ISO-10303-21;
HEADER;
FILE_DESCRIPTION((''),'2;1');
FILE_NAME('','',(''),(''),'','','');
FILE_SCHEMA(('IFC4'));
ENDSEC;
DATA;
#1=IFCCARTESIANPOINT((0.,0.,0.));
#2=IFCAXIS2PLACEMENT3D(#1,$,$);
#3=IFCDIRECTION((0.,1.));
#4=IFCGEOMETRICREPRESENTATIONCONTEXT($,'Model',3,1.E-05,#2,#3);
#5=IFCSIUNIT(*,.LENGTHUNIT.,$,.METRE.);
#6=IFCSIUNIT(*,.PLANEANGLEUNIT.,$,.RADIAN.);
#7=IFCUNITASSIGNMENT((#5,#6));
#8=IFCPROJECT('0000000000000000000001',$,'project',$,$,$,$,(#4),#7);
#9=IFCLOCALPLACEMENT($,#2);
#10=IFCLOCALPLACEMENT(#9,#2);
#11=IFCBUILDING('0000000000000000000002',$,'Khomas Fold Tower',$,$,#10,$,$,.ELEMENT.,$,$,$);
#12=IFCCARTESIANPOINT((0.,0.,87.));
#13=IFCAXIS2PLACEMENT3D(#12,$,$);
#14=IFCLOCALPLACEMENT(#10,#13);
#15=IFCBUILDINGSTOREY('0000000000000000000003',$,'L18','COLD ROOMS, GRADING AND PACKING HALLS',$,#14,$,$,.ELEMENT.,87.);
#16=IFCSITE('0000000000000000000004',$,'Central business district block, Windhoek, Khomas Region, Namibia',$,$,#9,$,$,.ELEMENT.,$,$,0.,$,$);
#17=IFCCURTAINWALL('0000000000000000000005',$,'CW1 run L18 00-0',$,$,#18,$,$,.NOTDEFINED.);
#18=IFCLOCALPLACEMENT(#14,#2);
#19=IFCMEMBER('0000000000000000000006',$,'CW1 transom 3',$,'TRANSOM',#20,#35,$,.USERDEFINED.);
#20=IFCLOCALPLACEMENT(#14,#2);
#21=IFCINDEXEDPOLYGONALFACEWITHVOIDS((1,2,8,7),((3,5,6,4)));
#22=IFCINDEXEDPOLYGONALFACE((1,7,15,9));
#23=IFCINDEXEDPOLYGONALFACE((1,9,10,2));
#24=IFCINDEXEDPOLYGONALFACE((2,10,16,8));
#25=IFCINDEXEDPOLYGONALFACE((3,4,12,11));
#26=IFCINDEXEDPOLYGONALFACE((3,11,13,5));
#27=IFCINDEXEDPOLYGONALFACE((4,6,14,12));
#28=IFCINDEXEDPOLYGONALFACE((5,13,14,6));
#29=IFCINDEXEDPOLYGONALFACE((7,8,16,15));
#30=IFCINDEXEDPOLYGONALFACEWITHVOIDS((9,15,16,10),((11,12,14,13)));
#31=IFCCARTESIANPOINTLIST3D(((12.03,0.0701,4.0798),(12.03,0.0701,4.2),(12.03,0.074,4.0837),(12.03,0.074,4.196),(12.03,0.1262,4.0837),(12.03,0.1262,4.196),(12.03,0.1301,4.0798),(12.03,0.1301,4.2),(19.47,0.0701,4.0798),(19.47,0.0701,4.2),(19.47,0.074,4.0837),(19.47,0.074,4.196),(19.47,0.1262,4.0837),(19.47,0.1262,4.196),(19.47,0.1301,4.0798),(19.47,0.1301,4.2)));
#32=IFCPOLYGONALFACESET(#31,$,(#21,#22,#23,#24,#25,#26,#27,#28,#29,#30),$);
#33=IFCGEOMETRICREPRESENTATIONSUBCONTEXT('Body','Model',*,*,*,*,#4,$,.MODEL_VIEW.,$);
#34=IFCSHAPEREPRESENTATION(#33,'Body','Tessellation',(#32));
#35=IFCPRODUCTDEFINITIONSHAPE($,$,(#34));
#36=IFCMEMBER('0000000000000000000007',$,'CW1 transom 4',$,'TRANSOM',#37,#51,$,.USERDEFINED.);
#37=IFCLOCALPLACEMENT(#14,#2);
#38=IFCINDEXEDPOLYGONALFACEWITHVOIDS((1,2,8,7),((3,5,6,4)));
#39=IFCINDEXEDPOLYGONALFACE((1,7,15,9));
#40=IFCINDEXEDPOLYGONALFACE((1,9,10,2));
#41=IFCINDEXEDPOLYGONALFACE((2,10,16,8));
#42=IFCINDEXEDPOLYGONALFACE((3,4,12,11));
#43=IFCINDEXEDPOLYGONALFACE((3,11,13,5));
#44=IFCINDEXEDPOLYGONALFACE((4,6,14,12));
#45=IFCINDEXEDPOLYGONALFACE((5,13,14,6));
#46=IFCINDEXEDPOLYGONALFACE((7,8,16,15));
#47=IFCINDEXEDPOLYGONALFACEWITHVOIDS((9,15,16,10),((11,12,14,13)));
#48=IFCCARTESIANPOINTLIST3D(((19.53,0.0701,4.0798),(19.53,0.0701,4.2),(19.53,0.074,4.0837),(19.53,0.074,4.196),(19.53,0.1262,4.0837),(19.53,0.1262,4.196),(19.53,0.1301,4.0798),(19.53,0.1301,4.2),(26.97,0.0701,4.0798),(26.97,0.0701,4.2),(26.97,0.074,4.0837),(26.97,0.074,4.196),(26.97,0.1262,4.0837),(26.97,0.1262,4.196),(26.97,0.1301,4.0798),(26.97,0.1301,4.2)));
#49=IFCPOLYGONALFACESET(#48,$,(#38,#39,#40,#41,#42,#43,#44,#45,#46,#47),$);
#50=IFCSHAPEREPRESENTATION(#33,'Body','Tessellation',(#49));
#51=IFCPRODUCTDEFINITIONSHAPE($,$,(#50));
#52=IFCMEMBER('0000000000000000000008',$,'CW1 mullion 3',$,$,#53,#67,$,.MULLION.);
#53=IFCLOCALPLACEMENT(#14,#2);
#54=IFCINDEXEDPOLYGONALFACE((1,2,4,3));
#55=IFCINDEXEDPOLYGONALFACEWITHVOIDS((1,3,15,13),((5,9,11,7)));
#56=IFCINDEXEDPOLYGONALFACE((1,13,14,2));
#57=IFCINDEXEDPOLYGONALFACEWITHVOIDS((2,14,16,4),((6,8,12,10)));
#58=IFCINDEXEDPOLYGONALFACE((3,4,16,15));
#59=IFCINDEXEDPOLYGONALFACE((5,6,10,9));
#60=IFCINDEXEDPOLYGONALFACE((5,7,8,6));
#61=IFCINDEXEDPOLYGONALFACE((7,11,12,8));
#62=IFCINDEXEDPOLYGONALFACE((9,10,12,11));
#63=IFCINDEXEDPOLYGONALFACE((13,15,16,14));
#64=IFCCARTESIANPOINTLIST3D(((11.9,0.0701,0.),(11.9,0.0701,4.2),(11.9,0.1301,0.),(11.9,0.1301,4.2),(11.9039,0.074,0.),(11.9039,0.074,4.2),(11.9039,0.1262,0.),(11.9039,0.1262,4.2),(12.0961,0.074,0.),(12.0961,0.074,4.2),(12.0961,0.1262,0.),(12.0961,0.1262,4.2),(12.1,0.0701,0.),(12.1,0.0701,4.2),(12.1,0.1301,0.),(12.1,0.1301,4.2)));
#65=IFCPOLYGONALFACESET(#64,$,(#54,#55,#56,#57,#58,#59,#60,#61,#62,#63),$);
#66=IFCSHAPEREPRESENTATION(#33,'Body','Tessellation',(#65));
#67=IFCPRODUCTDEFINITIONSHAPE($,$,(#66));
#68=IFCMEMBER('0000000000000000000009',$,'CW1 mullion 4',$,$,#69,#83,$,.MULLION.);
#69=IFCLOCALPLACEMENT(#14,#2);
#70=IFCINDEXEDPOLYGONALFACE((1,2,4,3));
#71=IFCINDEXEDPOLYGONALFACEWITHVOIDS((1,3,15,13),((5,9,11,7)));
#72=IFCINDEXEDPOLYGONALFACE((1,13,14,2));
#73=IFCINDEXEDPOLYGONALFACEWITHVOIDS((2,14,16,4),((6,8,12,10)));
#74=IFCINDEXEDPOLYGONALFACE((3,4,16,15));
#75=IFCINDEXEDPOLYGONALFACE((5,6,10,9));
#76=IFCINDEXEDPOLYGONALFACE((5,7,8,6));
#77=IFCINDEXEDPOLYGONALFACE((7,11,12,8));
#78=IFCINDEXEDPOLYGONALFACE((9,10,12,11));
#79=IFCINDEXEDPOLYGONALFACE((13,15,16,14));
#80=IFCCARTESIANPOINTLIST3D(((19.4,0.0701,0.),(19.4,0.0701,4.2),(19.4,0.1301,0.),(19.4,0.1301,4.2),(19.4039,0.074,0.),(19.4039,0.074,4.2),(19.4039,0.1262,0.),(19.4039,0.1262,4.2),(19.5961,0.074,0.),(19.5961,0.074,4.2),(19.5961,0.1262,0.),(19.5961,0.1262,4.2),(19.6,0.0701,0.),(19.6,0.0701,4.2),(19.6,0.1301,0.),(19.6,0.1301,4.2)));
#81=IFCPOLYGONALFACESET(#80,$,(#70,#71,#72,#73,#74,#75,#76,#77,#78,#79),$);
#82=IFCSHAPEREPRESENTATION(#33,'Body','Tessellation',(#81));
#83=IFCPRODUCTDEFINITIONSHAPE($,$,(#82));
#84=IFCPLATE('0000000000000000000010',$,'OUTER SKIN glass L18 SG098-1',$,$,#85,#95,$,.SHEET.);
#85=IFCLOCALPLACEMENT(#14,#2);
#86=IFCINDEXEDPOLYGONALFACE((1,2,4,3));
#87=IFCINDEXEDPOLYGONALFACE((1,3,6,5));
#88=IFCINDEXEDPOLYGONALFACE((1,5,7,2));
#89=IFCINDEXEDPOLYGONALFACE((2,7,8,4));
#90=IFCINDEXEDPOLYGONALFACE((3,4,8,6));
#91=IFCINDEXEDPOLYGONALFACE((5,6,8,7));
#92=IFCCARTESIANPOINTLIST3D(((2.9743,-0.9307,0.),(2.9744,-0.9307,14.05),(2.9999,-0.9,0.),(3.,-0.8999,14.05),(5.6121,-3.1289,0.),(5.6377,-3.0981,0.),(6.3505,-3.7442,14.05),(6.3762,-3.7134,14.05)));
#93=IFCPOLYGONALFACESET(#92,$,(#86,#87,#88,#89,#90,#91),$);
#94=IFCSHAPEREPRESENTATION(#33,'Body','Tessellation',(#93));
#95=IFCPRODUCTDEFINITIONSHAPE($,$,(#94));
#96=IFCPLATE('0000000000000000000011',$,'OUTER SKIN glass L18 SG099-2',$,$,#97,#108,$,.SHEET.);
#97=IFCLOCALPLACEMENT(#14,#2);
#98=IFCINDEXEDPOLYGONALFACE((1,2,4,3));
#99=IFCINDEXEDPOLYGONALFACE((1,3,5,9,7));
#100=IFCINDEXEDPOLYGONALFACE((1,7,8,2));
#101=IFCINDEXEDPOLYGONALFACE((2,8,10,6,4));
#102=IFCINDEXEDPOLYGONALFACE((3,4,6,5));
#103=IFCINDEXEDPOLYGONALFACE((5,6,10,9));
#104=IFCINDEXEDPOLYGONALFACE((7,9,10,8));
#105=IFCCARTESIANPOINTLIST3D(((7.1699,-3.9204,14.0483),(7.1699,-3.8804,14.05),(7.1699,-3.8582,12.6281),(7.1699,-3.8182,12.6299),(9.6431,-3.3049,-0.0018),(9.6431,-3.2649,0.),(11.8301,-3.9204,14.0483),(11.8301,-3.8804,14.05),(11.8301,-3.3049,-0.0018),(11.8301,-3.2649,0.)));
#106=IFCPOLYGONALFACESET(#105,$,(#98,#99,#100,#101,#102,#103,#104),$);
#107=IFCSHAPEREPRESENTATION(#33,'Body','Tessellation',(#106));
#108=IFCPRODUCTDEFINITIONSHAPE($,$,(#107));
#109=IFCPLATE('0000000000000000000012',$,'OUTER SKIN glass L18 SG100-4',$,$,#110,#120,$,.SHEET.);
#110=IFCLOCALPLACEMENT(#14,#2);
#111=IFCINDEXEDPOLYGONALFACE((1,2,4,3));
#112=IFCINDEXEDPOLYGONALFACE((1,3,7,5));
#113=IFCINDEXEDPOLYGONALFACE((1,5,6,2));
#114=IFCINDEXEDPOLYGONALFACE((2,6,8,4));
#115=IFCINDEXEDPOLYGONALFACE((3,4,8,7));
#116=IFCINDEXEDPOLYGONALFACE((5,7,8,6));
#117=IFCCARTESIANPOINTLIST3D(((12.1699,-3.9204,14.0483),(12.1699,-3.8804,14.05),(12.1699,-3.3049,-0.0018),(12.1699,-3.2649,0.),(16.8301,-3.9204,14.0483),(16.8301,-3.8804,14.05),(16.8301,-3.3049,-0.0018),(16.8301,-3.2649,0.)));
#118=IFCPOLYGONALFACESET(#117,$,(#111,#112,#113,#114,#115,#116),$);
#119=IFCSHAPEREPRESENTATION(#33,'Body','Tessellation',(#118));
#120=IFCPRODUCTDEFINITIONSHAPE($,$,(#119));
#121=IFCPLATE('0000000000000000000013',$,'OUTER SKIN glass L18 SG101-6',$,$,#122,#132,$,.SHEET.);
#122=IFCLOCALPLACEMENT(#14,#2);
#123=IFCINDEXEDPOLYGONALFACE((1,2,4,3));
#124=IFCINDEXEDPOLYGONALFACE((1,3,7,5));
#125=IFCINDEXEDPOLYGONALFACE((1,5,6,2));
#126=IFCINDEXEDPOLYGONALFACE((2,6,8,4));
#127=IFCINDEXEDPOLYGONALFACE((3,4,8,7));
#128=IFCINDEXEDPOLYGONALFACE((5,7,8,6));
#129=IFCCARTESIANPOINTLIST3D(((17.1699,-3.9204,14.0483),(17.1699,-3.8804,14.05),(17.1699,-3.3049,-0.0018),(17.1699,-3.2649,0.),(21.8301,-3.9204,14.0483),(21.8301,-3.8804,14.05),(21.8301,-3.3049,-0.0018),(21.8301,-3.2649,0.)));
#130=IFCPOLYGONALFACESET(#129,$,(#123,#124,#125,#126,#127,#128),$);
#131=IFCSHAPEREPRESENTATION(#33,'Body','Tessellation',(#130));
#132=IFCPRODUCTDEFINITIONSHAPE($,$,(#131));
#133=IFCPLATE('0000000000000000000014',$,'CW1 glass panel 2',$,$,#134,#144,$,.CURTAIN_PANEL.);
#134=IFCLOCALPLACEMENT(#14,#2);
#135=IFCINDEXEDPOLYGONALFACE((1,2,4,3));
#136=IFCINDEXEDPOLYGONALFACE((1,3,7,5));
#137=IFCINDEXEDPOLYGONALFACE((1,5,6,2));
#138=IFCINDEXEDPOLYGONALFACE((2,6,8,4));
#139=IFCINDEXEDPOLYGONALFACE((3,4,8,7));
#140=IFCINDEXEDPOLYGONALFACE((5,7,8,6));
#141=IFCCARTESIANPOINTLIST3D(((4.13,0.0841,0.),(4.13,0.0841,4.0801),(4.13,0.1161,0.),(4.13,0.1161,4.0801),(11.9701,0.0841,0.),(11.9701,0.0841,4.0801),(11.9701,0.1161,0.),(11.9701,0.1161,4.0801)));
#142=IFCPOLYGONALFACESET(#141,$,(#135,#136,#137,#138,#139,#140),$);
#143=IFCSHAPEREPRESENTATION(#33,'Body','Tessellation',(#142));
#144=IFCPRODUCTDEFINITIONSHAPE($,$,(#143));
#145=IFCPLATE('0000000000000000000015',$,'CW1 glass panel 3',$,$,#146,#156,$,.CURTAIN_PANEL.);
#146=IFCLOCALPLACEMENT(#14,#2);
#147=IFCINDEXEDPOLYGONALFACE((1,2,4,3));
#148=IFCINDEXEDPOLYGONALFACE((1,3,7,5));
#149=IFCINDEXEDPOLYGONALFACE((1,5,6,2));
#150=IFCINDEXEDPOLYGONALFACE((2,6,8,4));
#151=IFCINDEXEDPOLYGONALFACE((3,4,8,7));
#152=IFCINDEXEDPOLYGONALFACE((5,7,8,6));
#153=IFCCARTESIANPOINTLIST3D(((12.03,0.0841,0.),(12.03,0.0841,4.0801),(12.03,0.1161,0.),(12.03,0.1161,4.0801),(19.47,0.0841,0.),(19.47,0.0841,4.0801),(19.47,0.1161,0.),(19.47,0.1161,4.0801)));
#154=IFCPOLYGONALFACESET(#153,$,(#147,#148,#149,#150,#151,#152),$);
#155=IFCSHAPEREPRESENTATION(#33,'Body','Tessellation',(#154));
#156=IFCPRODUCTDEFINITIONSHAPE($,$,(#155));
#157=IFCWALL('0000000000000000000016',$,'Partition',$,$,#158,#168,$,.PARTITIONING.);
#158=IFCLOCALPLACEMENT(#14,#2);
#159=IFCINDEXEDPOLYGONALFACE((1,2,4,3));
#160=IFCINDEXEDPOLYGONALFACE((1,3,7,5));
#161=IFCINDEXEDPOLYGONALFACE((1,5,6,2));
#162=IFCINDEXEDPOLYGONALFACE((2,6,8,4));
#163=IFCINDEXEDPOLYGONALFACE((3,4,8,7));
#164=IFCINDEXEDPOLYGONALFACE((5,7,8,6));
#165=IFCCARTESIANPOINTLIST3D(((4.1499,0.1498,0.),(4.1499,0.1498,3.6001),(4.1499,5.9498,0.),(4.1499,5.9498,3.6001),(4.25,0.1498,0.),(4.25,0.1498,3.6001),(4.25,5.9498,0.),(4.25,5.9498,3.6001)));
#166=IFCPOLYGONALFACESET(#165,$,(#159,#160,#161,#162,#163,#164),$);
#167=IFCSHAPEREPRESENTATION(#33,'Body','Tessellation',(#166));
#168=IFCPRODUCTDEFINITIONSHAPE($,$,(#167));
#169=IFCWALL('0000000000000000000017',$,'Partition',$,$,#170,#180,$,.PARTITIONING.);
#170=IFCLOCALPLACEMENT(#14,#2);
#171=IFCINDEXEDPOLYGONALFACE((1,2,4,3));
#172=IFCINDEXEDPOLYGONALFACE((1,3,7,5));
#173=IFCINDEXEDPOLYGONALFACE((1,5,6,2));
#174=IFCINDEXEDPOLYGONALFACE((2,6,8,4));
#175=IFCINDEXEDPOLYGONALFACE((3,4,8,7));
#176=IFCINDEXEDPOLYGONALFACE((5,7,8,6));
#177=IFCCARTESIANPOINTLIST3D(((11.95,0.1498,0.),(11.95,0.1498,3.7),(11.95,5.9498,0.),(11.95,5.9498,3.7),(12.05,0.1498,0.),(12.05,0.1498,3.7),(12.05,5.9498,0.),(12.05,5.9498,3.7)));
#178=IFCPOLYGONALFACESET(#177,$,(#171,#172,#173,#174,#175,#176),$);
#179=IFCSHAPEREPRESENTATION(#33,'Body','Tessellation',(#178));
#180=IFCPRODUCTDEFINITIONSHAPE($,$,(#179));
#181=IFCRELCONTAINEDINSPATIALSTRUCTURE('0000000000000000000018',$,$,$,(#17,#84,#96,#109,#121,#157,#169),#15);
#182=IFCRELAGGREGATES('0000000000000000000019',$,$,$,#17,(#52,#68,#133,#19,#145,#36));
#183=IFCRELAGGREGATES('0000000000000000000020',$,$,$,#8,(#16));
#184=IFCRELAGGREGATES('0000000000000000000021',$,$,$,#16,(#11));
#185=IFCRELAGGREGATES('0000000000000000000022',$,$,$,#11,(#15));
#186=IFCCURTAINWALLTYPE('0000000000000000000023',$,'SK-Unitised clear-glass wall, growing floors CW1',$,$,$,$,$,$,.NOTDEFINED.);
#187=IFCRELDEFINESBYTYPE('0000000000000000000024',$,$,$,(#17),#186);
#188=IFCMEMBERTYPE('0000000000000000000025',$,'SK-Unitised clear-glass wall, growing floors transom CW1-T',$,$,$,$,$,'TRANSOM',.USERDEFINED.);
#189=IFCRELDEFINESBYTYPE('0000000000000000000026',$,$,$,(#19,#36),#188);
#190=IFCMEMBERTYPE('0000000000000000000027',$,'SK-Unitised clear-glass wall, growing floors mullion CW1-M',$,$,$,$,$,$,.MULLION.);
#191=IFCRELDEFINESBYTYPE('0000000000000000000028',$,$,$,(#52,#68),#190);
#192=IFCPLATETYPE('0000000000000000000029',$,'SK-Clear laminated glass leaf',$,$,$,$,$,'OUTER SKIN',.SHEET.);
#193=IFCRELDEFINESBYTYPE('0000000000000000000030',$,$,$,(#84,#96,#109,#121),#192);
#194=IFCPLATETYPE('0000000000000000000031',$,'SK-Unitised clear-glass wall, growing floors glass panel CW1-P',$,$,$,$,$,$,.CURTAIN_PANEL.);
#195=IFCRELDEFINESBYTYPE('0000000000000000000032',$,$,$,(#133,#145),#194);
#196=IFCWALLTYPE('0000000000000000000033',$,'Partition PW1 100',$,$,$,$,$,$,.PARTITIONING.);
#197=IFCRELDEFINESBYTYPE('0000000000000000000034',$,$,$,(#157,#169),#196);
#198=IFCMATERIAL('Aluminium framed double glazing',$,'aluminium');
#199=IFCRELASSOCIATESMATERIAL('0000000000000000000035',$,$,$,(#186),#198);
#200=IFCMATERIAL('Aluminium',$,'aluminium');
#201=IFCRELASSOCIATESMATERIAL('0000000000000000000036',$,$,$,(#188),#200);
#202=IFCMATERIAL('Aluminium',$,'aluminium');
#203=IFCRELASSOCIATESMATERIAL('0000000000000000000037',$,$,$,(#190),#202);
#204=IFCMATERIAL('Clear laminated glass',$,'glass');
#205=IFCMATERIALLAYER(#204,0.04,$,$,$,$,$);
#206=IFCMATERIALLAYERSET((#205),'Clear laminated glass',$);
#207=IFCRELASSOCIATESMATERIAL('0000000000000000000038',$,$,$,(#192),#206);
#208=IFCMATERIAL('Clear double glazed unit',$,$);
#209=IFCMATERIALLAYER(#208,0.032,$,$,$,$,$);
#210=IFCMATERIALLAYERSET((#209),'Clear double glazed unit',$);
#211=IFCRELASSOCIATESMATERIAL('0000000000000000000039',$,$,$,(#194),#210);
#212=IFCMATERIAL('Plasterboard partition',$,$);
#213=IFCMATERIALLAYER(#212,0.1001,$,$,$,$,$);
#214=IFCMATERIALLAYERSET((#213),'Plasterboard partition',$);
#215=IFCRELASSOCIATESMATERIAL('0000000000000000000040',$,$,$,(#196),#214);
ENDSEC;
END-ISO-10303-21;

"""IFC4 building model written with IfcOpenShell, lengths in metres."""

from ifc_helpers import new_model, si_unit, direction, frame, frame_2d, origin, origin_2d, place, context, subcontext, project, spatial, polyline, rectangle, hollow_rectangle, outline, extrude, source, transform, mapped, material, layer, layer_set, material_profile, profile_set, type_object, element, aggregate, save


model = new_model("IFC4")

# Units and contexts
model_context = context("Model", 3, precision=1e-05, world=origin(), true_north=direction((0.0, 1.0)))
body_context = subcontext(model_context, "Body", "Model", "MODEL_VIEW")
ifc_project = project(units=[si_unit("LENGTHUNIT", "METRE"), si_unit("PLANEANGLEUNIT", "RADIAN")], contexts=[model_context])

# Site, building, storey
site_placement = place(None, origin())
site = spatial("IfcSite", under=ifc_project, at=site_placement, Name="Central business district block, Windhoek, Khomas Region, Namibia", CompositionType="ELEMENT", RefElevation=0.0)
building_placement = place(site_placement, origin())
building = spatial("IfcBuilding", under=site, at=building_placement, Name="Khomas Fold Tower", CompositionType="ELEMENT")
storey_placement = place(building_placement, frame((0.0, 0.0, 87.0)))
storey = spatial("IfcBuildingStorey", under=building, at=storey_placement, Name="L18", Description="COLD ROOMS, GRADING AND PACKING HALLS", CompositionType="ELEMENT", Elevation=87.0)

# Curtain wall, members
ifc_material_1 = material(Name="Aluminium framed double glazing", Category="aluminium")
curtain_wall_type = type_object("IfcCurtainWallType", Name="SK-Unitised clear-glass wall, growing floors CW1", PredefinedType="NOTDEFINED", material=ifc_material_1)
curtain_wall_placement = place(storey_placement, origin())
curtain_wall = element("IfcCurtainWall", 1, at=curtain_wall_placement, inside=storey, type_object=curtain_wall_type, Name="CW1 run L18 00-0", PredefinedType="NOTDEFINED")
ifc_material_2 = material(Name="Aluminium", Category="aluminium")
ifc_material_profile_1 = material_profile(ifc_material_2, hollow_rectangle(XDim=0.0601, YDim=0.1201, WallThickness=0.0039, at=origin_2d()), Name="SK-Unitised clear-glass wall, growing floors transom CW1-T")
ifc_profile_set_1 = profile_set([ifc_material_profile_1], Name="Aluminium")
member_type_1 = type_object("IfcMemberType", Name="SK-Unitised clear-glass wall, growing floors transom CW1-T", ElementType="TRANSOM", PredefinedType="USERDEFINED", material=ifc_profile_set_1)
shared_shape_1 = source(origin(), body_context, "Body", "SweptSolid", [
    extrude(hollow_rectangle(XDim=0.0601, YDim=0.1201, WallThickness=0.0039, at=origin_2d()), origin(), (0.0, 0.0, 1.0), 7.4399),
])
member_1_placement = place(storey_placement, frame((12.03, 0.1001, 4.1399), z_axis=(1.0, 0.0, 0.0), x_axis=(0.0, 1.0, 0.0)))
member_1 = element("IfcMember", 2, at=member_1_placement, type_object=member_type_1, Name="CW1 transom 3", ObjectType="TRANSOM", PredefinedType="USERDEFINED", context=body_context, shape_type="MappedRepresentation", body=[
    mapped(shared_shape_1, transform((0.0, 0.0, 0.0))),
])
member_2_placement = place(storey_placement, frame((19.53, 0.1001, 4.1399), z_axis=(1.0, 0.0, 0.0), x_axis=(0.0, 1.0, 0.0)))
member_2 = element("IfcMember", 3, at=member_2_placement, type_object=member_type_1, Name="CW1 transom 4", ObjectType="TRANSOM", PredefinedType="USERDEFINED", context=body_context, shape_type="MappedRepresentation", body=[
    mapped(shared_shape_1, transform((0.0, 0.0, 0.0))),
])
ifc_material_3 = material(Name="Aluminium", Category="aluminium")
ifc_material_profile_2 = material_profile(ifc_material_3, hollow_rectangle(XDim=0.0601, YDim=0.2, WallThickness=0.0039, at=origin_2d()), Name="SK-Unitised clear-glass wall, growing floors mullion CW1-M")
ifc_profile_set_2 = profile_set([ifc_material_profile_2], Name="Aluminium")
member_type_2 = type_object("IfcMemberType", Name="SK-Unitised clear-glass wall, growing floors mullion CW1-M", PredefinedType="MULLION", material=ifc_profile_set_2)
shared_shape_2 = source(origin(), body_context, "Body", "SweptSolid", [
    extrude(hollow_rectangle(XDim=0.0601, YDim=0.2, WallThickness=0.0039, at=origin_2d()), origin(), (0.0, 0.0, 1.0), 4.2),
])
member_3_placement = place(storey_placement, frame((12.0, 0.1001, 0.0), z_axis=(0.0, 0.0, 1.0), x_axis=(0.0, 1.0, 0.0)))
member_3 = element("IfcMember", 4, at=member_3_placement, type_object=member_type_2, Name="CW1 mullion 3", PredefinedType="MULLION", context=body_context, shape_type="MappedRepresentation", body=[
    mapped(shared_shape_2, transform((0.0, 0.0, 0.0))),
])
member_4_placement = place(storey_placement, frame((19.5, 0.1001, 0.0), z_axis=(0.0, 0.0, 1.0), x_axis=(0.0, 1.0, 0.0)))
member_4 = element("IfcMember", 5, at=member_4_placement, type_object=member_type_2, Name="CW1 mullion 4", PredefinedType="MULLION", context=body_context, shape_type="MappedRepresentation", body=[
    mapped(shared_shape_2, transform((0.0, 0.0, 0.0))),
])

# Plates
ifc_material_4 = material(Name="Clear laminated glass", Category="glass")
ifc_layer_1 = layer(ifc_material_4, 0.04)
ifc_layer_set_1 = layer_set([ifc_layer_1], Name="Clear laminated glass")
plate_type_1 = type_object("IfcPlateType", Name="SK-Clear laminated glass leaf", ElementType="OUTER SKIN", PredefinedType="SHEET", material=ifc_layer_set_1)
plate_1_placement = place(storey_placement, frame((5.6121, -3.1289, 0.0), z_axis=(-0.640194, -0.768214, 0.000006), x_axis=(-0.768214, 0.640194, 0.0)))
element("IfcPlate", 6, at=plate_1_placement, inside=storey, type_object=plate_type_1, Name="OUTER SKIN glass L18 SG098-1", PredefinedType="SHEET", context=body_context, shape_type="SweptSolid", body=[
    extrude(outline(polyline([(0.0, 0.0), (3.4336, 0.0), (3.4336, -14.05), (-0.9612, -14.05), (0.0, 0.0)])), origin(), (0.0, 0.0, -1.0), 0.04),
])
plate_2_placement = place(storey_placement, frame((9.6431, -3.2649, 0.0), z_axis=(0.000006, 0.999042, 0.043765), x_axis=(-0.19199, -0.04295, 0.980457)))
element("IfcPlate", 7, at=plate_2_placement, inside=storey, type_object=plate_type_1, Name="OUTER SKIN glass L18 SG099-2", PredefinedType="SHEET", context=body_context, shape_type="SweptSolid", body=[
    extrude(outline(polyline([(0.0, 0.0), (12.8816, 0.0), (14.2767, 0.2729), (13.382, 4.8464), (-0.4199, 2.1463), (0.0, 0.0)])), origin(), (0.0, 0.0, -1.0), 0.04),
])
for number, where, z_axis, x_axis, name in (
    (8, (12.1699, -3.2649, 0.0), (0.0, 0.999042, 0.043764), (0.0, -0.043764, 0.999042), "OUTER SKIN glass L18 SG100-4"),
    (9, (17.1699, -3.2649, 0.0), (0.0, 0.999042, 0.043764), (0.0, -0.043764, 0.999042), "OUTER SKIN glass L18 SG101-6"),
):
    element("IfcPlate", number, at=place(storey_placement, frame(where, z_axis=z_axis, x_axis=x_axis)), inside=storey, type_object=plate_type_1, Name=name, PredefinedType="SHEET", context=body_context, shape_type="SweptSolid", body=[
        extrude(outline(polyline([(0.0, 0.0), (14.0635, 0.0), (14.0635, 4.6602), (0.0, 4.6602), (0.0, 0.0)])), origin(), (0.0, 0.0, -1.0), 0.04),
    ])

# Plates
ifc_material_5 = material(Name="Clear double glazed unit")
ifc_layer_2 = layer(ifc_material_5, 0.032)
ifc_layer_set_2 = layer_set([ifc_layer_2], Name="Clear double glazed unit")
plate_type_2 = type_object("IfcPlateType", Name="SK-Unitised clear-glass wall, growing floors glass panel CW1-P", PredefinedType="CURTAIN_PANEL", material=ifc_layer_set_2)
shared_shape_3 = source(origin(), body_context, "Body", "SweptSolid", [
    extrude(rectangle(XDim=7.8401, YDim=0.032, at=origin_2d()), origin(), (0.0, 0.0, 1.0), 4.0801),
])
plate_3_placement = place(storey_placement, frame((8.05, 0.1001, 0.0), z_axis=(0.0, 0.0, 1.0), x_axis=(1.0, 0.0, 0.0)))
plate_3 = element("IfcPlate", 10, at=plate_3_placement, type_object=plate_type_2, Name="CW1 glass panel 2", PredefinedType="CURTAIN_PANEL", context=body_context, shape_type="MappedRepresentation", body=[
    mapped(shared_shape_3, transform((0.0, 0.0, 0.0))),
])
shared_shape_4 = source(origin(), body_context, "Body", "SweptSolid", [
    extrude(rectangle(XDim=7.4399, YDim=0.032, at=origin_2d()), origin(), (0.0, 0.0, 1.0), 4.0801),
])
plate_4_placement = place(storey_placement, frame((15.75, 0.1001, 0.0), z_axis=(0.0, 0.0, 1.0), x_axis=(1.0, 0.0, 0.0)))
plate_4 = element("IfcPlate", 11, at=plate_4_placement, type_object=plate_type_2, Name="CW1 glass panel 3", PredefinedType="CURTAIN_PANEL", context=body_context, shape_type="MappedRepresentation", body=[
    mapped(shared_shape_4, transform((0.0, 0.0, 0.0))),
])
aggregate(curtain_wall, [member_3, member_4, plate_3, member_1, plate_4, member_2])

# Walls
ifc_material_6 = material(Name="Plasterboard partition")
ifc_layer_3 = layer(ifc_material_6, 0.1001)
ifc_layer_set_3 = layer_set([ifc_layer_3], Name="Plasterboard partition")
wall_type_1 = type_object("IfcWallType", Name="Partition PW1 100", PredefinedType="PARTITIONING", material=ifc_layer_set_3)
shared_shape_5 = source(origin(), body_context, "Body", "SweptSolid", [
    extrude(rectangle(XDim=5.8, YDim=0.1001, at=frame_2d((2.8999, 0.0))), origin(), (0.0, 0.0, 1.0), 3.6001),
])
wall_1_placement = place(storey_placement, frame((4.2, 0.1499, 0.0), z_axis=(0.0, 0.0, 1.0), x_axis=(0.0, 1.0, 0.0)))
element("IfcWall", 12, at=wall_1_placement, inside=storey, type_object=wall_type_1, Name="Partition", PredefinedType="PARTITIONING", context=body_context, shape_type="MappedRepresentation", body=[
    mapped(shared_shape_5, transform((0.0, 0.0, 0.0))),
])
shared_shape_6 = source(origin(), body_context, "Body", "SweptSolid", [
    extrude(rectangle(XDim=5.8, YDim=0.1001, at=frame_2d((2.8999, 0.0))), origin(), (0.0, 0.0, 1.0), 3.7),
])
wall_2_placement = place(storey_placement, frame((12.0, 0.1499, 0.0), z_axis=(0.0, 0.0, 1.0), x_axis=(0.0, 1.0, 0.0)))
element("IfcWall", 13, at=wall_2_placement, inside=storey, type_object=wall_type_1, Name="Partition", PredefinedType="PARTITIONING", context=body_context, shape_type="MappedRepresentation", body=[
    mapped(shared_shape_6, transform((0.0, 0.0, 0.0))),
])

save(model, "model.ifc")
